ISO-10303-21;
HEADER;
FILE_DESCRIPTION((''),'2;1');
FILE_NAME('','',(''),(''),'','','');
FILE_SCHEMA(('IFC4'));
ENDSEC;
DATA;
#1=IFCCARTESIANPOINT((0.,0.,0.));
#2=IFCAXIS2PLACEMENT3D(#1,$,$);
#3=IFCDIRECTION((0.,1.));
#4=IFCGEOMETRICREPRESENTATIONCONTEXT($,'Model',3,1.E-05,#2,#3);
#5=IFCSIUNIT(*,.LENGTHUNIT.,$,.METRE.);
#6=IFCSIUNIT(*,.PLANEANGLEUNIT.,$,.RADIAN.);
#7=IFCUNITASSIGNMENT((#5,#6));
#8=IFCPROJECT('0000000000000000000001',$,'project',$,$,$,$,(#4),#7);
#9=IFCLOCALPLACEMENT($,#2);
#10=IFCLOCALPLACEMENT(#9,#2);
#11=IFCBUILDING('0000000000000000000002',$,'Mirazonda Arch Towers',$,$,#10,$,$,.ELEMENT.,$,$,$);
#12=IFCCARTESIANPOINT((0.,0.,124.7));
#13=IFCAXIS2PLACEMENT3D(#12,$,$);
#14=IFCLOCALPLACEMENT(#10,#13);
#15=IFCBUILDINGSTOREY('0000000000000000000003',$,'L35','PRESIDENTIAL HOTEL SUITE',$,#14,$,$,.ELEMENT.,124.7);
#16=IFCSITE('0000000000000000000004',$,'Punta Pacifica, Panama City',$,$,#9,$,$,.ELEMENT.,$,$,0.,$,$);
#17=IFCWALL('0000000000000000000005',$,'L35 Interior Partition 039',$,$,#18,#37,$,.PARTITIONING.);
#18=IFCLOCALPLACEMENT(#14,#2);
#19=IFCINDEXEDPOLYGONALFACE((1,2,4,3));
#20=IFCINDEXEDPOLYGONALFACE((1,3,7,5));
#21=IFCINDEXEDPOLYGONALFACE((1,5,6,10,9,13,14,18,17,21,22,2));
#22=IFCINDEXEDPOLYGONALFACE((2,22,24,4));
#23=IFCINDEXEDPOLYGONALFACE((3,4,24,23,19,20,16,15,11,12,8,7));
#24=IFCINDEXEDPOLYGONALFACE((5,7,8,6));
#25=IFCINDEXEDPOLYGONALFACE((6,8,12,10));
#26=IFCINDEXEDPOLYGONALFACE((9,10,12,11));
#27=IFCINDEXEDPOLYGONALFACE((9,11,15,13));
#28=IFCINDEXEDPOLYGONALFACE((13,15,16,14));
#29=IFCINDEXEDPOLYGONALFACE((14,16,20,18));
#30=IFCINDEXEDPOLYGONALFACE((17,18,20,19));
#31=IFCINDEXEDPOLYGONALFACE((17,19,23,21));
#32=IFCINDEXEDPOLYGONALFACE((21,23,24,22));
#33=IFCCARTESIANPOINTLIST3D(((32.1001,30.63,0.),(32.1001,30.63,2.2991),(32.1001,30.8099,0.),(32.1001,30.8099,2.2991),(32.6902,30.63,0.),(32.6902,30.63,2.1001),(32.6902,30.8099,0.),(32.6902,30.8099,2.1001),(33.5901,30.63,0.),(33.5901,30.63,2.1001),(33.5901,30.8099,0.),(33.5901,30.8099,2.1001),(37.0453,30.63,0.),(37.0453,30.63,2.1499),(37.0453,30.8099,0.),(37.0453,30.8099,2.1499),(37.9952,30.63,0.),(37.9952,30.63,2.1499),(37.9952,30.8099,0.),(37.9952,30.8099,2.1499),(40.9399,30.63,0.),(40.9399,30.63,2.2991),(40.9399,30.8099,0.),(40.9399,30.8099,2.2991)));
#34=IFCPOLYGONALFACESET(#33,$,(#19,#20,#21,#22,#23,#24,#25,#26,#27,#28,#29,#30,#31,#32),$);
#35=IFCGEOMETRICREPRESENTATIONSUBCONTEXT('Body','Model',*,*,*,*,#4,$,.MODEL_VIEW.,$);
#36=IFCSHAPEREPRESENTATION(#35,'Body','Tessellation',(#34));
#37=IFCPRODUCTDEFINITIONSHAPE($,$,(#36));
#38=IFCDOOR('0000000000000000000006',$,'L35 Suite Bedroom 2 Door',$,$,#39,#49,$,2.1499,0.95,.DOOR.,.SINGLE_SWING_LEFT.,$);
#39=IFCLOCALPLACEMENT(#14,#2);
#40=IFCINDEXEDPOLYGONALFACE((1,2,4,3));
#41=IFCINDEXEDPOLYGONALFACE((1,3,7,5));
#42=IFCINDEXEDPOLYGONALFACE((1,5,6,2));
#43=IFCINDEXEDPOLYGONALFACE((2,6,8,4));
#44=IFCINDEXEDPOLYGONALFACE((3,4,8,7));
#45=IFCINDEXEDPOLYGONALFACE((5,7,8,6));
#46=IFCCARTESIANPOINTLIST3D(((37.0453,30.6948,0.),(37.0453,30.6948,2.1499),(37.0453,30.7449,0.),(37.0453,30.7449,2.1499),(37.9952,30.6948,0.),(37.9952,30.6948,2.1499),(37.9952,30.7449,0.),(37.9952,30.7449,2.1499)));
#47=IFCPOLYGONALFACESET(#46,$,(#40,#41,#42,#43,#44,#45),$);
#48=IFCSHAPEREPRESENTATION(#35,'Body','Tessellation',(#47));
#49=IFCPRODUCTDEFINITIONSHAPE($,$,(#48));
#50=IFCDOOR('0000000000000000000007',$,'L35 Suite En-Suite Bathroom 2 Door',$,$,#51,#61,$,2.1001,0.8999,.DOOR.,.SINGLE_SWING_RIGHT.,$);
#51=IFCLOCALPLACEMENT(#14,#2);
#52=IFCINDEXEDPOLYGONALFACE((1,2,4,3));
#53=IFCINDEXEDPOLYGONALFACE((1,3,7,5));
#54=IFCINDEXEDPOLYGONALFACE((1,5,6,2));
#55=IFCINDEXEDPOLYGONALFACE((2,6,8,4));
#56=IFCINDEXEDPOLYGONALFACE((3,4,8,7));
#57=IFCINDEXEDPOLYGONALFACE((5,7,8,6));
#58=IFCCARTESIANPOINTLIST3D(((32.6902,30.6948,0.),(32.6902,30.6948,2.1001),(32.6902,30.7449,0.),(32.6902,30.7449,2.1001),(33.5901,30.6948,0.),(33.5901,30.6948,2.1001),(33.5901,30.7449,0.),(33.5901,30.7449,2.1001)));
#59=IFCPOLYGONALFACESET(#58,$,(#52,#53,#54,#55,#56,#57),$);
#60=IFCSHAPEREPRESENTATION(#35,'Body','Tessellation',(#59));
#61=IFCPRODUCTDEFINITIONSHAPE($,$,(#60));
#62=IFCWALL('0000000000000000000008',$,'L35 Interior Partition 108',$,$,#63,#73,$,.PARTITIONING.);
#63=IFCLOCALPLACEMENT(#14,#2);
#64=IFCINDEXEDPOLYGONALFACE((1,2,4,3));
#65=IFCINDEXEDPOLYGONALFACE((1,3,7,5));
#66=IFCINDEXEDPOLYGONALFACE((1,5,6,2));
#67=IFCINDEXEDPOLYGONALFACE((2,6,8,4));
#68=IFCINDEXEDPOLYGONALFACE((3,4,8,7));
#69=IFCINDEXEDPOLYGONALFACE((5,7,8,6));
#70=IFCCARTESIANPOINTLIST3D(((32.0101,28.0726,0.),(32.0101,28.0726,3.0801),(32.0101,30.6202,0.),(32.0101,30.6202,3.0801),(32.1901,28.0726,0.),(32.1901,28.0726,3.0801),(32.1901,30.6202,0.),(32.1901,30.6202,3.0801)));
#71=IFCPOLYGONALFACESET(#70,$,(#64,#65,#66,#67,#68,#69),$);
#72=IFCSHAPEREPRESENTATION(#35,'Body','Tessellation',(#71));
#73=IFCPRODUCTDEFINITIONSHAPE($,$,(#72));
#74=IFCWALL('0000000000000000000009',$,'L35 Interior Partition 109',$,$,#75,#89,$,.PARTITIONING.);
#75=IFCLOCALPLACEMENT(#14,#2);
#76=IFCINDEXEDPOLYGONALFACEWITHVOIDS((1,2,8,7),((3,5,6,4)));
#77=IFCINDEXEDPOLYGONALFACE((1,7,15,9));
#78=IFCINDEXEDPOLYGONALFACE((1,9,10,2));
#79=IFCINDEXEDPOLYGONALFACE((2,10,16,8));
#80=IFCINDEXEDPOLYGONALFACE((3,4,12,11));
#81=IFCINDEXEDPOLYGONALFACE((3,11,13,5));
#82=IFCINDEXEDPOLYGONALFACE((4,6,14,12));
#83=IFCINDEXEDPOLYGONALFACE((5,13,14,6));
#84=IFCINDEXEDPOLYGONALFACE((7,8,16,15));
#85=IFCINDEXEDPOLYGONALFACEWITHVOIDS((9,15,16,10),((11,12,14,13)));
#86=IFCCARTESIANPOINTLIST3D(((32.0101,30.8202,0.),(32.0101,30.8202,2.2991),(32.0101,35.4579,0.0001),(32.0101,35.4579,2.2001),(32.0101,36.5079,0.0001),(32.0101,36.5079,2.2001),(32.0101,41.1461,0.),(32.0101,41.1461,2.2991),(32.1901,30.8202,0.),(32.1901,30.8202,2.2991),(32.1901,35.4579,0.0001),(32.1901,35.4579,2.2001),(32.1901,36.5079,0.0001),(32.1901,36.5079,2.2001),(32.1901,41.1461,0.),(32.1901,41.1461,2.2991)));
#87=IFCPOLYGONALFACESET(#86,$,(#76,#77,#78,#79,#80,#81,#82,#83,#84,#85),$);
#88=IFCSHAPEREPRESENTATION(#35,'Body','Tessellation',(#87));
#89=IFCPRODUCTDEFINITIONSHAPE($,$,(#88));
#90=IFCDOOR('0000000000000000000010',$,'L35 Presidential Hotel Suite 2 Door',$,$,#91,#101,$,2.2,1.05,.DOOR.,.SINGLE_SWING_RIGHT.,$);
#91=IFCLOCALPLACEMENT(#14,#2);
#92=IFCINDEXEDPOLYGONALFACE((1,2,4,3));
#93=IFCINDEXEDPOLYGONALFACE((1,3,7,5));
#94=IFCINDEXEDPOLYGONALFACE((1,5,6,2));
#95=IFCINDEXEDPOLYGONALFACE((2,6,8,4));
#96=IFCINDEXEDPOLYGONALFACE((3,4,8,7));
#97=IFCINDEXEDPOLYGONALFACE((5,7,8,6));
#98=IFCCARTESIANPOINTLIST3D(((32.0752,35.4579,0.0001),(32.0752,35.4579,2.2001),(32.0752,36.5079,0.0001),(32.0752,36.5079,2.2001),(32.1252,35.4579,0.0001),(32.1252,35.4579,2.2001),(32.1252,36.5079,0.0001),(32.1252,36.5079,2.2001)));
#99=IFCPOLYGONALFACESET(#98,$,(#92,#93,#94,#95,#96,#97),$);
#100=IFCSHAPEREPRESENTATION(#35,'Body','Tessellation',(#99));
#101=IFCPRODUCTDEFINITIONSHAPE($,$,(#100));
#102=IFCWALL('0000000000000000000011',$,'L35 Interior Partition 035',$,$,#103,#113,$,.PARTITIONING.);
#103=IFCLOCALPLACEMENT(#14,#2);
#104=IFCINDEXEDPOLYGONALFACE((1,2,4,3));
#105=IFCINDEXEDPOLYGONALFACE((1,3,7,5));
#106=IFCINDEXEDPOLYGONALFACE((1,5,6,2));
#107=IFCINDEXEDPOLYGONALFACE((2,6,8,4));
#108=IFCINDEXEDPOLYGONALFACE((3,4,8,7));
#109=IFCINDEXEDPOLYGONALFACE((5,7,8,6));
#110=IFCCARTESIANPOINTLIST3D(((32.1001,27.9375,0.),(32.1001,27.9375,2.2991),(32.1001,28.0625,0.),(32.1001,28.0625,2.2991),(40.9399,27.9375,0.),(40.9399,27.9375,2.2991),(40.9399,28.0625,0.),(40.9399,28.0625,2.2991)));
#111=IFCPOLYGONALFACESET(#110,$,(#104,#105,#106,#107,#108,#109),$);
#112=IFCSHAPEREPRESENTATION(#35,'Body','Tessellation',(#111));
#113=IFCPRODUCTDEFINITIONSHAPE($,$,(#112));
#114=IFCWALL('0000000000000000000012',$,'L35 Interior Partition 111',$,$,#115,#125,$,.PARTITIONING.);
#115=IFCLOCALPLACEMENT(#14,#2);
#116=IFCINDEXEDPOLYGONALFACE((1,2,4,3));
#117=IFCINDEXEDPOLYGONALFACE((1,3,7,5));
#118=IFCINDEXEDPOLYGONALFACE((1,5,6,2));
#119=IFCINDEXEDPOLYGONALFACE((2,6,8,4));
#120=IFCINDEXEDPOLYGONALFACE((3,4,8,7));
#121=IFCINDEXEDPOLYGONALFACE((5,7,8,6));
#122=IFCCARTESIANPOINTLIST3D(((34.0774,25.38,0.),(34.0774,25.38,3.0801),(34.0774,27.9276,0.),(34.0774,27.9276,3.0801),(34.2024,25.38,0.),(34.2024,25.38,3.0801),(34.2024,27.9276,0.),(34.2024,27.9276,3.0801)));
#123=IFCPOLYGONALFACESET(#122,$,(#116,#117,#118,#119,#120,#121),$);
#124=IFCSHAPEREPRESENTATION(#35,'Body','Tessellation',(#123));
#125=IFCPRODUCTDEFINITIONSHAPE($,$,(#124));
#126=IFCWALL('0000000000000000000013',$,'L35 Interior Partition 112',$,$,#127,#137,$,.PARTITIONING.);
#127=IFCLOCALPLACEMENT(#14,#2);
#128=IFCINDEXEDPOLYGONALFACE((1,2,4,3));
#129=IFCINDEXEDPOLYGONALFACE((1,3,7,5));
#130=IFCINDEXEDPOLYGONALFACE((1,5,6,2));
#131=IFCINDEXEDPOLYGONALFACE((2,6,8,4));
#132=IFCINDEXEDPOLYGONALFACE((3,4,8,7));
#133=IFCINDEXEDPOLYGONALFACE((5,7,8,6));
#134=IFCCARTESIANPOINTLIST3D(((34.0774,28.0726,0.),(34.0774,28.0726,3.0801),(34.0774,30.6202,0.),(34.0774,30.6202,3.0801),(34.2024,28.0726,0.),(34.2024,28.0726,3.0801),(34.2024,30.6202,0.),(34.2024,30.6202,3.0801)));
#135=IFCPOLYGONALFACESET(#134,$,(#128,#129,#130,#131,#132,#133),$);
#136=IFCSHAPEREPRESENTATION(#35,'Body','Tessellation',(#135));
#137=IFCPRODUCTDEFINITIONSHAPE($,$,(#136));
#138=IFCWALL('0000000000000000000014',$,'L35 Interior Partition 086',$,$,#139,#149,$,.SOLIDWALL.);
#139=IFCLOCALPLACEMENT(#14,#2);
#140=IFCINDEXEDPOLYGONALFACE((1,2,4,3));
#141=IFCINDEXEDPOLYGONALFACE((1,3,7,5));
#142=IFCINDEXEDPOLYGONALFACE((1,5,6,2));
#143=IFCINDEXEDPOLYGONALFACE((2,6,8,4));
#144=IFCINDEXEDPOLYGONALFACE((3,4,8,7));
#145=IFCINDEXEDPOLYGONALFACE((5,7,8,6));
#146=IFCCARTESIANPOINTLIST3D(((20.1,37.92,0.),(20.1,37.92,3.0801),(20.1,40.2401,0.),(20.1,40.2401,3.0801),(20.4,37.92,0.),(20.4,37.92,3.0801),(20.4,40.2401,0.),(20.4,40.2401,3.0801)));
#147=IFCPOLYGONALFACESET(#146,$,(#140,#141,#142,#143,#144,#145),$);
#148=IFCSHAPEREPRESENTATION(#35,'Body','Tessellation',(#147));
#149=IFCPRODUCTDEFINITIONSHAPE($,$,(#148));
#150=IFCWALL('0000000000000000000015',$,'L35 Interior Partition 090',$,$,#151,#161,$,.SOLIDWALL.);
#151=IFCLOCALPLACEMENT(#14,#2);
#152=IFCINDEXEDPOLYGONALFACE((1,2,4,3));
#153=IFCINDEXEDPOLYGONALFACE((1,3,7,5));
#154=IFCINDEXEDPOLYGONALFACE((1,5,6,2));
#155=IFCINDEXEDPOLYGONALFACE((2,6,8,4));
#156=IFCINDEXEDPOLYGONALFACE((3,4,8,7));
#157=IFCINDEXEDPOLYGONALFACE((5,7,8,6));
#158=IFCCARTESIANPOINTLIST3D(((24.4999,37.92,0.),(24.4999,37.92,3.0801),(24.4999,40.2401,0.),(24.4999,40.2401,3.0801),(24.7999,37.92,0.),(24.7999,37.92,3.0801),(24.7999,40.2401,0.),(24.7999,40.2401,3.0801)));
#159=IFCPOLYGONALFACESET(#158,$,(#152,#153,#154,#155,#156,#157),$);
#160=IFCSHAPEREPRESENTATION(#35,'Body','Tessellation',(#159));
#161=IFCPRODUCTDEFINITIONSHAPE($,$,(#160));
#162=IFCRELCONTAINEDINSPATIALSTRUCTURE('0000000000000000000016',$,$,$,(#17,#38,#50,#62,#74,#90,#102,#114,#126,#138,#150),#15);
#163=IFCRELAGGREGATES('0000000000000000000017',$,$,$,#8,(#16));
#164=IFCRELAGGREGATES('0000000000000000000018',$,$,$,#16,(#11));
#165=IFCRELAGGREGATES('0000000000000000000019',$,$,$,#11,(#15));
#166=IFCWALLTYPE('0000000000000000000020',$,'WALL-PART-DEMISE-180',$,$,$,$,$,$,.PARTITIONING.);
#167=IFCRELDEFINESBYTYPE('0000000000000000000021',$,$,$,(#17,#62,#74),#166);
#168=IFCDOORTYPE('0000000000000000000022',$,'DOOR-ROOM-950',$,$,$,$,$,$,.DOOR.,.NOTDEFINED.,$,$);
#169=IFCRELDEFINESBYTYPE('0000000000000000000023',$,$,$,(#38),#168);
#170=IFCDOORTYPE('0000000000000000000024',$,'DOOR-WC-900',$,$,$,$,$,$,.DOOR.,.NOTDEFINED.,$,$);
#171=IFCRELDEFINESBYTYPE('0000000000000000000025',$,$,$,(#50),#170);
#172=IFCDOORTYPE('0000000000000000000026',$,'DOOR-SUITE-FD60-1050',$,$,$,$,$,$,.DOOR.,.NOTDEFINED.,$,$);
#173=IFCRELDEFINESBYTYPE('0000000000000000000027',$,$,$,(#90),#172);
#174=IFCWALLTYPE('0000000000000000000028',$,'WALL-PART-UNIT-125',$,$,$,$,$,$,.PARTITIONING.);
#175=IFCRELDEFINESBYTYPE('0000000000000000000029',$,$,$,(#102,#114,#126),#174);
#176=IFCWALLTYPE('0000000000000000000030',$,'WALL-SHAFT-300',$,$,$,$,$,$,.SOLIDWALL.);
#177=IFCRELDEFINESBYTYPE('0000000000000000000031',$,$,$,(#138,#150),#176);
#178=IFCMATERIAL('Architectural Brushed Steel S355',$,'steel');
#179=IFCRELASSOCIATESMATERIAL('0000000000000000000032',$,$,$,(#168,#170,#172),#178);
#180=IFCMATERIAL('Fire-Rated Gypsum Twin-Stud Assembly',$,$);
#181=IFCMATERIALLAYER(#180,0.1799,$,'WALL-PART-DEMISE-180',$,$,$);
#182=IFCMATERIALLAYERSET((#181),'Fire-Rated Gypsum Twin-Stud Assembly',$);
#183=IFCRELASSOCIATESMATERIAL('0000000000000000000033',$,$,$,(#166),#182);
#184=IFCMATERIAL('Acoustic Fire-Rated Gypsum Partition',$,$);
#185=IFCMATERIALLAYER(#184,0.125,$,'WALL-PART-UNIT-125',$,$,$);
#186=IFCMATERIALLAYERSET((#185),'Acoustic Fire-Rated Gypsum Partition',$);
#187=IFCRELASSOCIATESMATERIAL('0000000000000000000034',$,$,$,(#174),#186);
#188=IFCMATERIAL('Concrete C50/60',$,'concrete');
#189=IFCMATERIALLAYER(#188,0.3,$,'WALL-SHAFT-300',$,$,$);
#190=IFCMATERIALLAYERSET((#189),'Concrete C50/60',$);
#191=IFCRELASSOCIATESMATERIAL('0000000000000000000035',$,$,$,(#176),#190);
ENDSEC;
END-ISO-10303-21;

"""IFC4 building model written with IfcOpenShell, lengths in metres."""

from ifc_helpers import new_model, si_unit, direction, frame, frame_2d, origin, place, context, subcontext, project, spatial, rectangle, extrude, material, layer, layer_set, type_object, element, fill, save


model = new_model("IFC4")

# Units and contexts
model_context = context("Model", 3, precision=1e-05, world=origin(), true_north=direction((0.0, 1.0)))
body_context = subcontext(model_context, "Body", "Model", "MODEL_VIEW")
ifc_project = project(units=[si_unit("LENGTHUNIT", "METRE"), si_unit("PLANEANGLEUNIT", "RADIAN")], contexts=[model_context])

# Site, building, storey
site_placement = place(None, origin())
site = spatial("IfcSite", under=ifc_project, at=site_placement, Name="Punta Pacifica, Panama City", CompositionType="ELEMENT", RefElevation=0.0)
building_placement = place(site_placement, origin())
building = spatial("IfcBuilding", under=site, at=building_placement, Name="Mirazonda Arch Towers", CompositionType="ELEMENT")
storey_placement = place(building_placement, frame((0.0, 0.0, 124.7)))
storey = spatial("IfcBuildingStorey", under=building, at=storey_placement, Name="L35", Description="PRESIDENTIAL HOTEL SUITE", CompositionType="ELEMENT", Elevation=124.7)

# Shared definitions
ifc_material_1 = material(Name="Concrete C50/60", Category="concrete")

# Shared definitions
ifc_material_2 = material(Name="Architectural Brushed Steel S355", Category="steel")
door_type_1 = type_object("IfcDoorType", Name="DOOR-ROOM-950", OperationType="NOTDEFINED", PredefinedType="DOOR", material=ifc_material_2)

# Wall, openings, doors
ifc_material_3 = material(Name="Fire-Rated Gypsum Twin-Stud Assembly")
ifc_layer_1 = layer(ifc_material_3, 0.1799, Name="WALL-PART-DEMISE-180")
ifc_layer_set_1 = layer_set([ifc_layer_1], Name="Fire-Rated Gypsum Twin-Stud Assembly")
wall_type_1 = type_object("IfcWallType", Name="WALL-PART-DEMISE-180", PredefinedType="PARTITIONING", material=ifc_layer_set_1)
wall_1_placement = place(storey_placement, frame((32.1001, 30.72, 0.0), z_axis=(0.0, 0.0, 1.0), x_axis=(1.0, 0.0, 0.0)))
wall_1 = element("IfcWall", 1, at=wall_1_placement, inside=storey, type_object=wall_type_1, Name="L35 Interior Partition 039", PredefinedType="PARTITIONING", context=body_context, shape_type="SweptSolid", body=[
    extrude(rectangle(XDim=8.8398, YDim=0.1799, at=frame_2d((4.4199, 0.0))), origin(), (0.0, 0.0, 1.0), 2.2991),
])
opening_1_placement = place(wall_1_placement, frame((4.9451, 0.0, 0.0)))
opening_1 = element("IfcOpeningElement", 2, at=opening_1_placement, cuts=wall_1, PredefinedType="OPENING", context=body_context, shape_type="SweptSolid", body=[
    extrude(rectangle(XDim=0.95, YDim=2.1499, at=frame_2d((0.4751, 1.075))), frame((0.0, 0.0999, 0.0), z_axis=(0.0, -1.0, 0.0), x_axis=(1.0, 0.0, 0.0)), (0.0, 0.0, 1.0), 0.2),
])
opening_2_placement = place(wall_1_placement, frame((0.5901, 0.0, 0.0)))
opening_2 = element("IfcOpeningElement", 3, at=opening_2_placement, cuts=wall_1, PredefinedType="OPENING", context=body_context, shape_type="SweptSolid", body=[
    extrude(rectangle(XDim=0.8999, YDim=2.1001, at=frame_2d((0.45, 1.05))), frame((0.0, 0.0999, 0.0), z_axis=(0.0, -1.0, 0.0), x_axis=(1.0, 0.0, 0.0)), (0.0, 0.0, 1.0), 0.2),
])
door_1_placement = place(opening_1_placement, origin())
door_1 = element("IfcDoor", 4, at=door_1_placement, inside=storey, type_object=door_type_1, Name="L35 Suite Bedroom 2 Door", OperationType="SINGLE_SWING_LEFT", OverallHeight=2.1499, OverallWidth=0.95, PredefinedType="DOOR", context=body_context, shape_type="SweptSolid", body=[
    extrude(rectangle(XDim=0.95, YDim=2.1499, at=frame_2d((0.4751, 1.075))), frame((0.0, 0.0249, 0.0), z_axis=(0.0, -1.0, 0.0), x_axis=(1.0, 0.0, 0.0)), (0.0, 0.0, 1.0), 0.05),
])
fill(opening_1, door_1)
door_type_2 = type_object("IfcDoorType", Name="DOOR-WC-900", OperationType="NOTDEFINED", PredefinedType="DOOR", material=ifc_material_2)
door_2_placement = place(opening_2_placement, origin())
door_2 = element("IfcDoor", 5, at=door_2_placement, inside=storey, type_object=door_type_2, Name="L35 Suite En-Suite Bathroom 2 Door", OperationType="SINGLE_SWING_RIGHT", OverallHeight=2.1001, OverallWidth=0.8999, PredefinedType="DOOR", context=body_context, shape_type="SweptSolid", body=[
    extrude(rectangle(XDim=0.8999, YDim=2.1001, at=frame_2d((0.45, 1.05))), frame((0.0, 0.0249, 0.0), z_axis=(0.0, -1.0, 0.0), x_axis=(1.0, 0.0, 0.0)), (0.0, 0.0, 1.0), 0.05),
])
fill(opening_2, door_2)

# Wall
wall_2_placement = place(storey_placement, frame((32.1001, 28.0725, 0.0), z_axis=(0.0, 0.0, 1.0), x_axis=(0.0, 1.0, 0.0)))
element("IfcWall", 6, at=wall_2_placement, inside=storey, type_object=wall_type_1, Name="L35 Interior Partition 108", PredefinedType="PARTITIONING", context=body_context, shape_type="SweptSolid", body=[
    extrude(rectangle(XDim=2.5476, YDim=0.1799, at=frame_2d((1.2739, 0.0))), origin(), (0.0, 0.0, 1.0), 3.0801),
])

# Wall, opening, door
wall_3_placement = place(storey_placement, frame((32.1001, 30.8201, 0.0), z_axis=(0.0, 0.0, 1.0), x_axis=(0.0, 1.0, 0.0)))
wall_3 = element("IfcWall", 7, at=wall_3_placement, inside=storey, type_object=wall_type_1, Name="L35 Interior Partition 109", PredefinedType="PARTITIONING", context=body_context, shape_type="SweptSolid", body=[
    extrude(rectangle(XDim=10.3259, YDim=0.1799, at=frame_2d((5.1631, 0.0))), origin(), (0.0, 0.0, 1.0), 2.2991),
])
opening_3_placement = place(wall_3_placement, frame((4.6379, 0.0, 0.0)))
opening_3 = element("IfcOpeningElement", 8, at=opening_3_placement, cuts=wall_3, PredefinedType="OPENING", context=body_context, shape_type="SweptSolid", body=[
    extrude(rectangle(XDim=1.05, YDim=2.2, at=frame_2d((0.5249, 1.1001))), frame((0.0, 0.0999, 0.0), z_axis=(0.0, -1.0, 0.0), x_axis=(1.0, 0.0, 0.0)), (0.0, 0.0, 1.0), 0.2),
])
door_type_3 = type_object("IfcDoorType", Name="DOOR-SUITE-FD60-1050", OperationType="NOTDEFINED", PredefinedType="DOOR", material=ifc_material_2)
door_3_placement = place(opening_3_placement, origin())
door_3 = element("IfcDoor", 9, at=door_3_placement, inside=storey, type_object=door_type_3, Name="L35 Presidential Hotel Suite 2 Door", OperationType="SINGLE_SWING_RIGHT", OverallHeight=2.2, OverallWidth=1.05, PredefinedType="DOOR", context=body_context, shape_type="SweptSolid", body=[
    extrude(rectangle(XDim=1.05, YDim=2.2, at=frame_2d((0.5249, 1.1001))), frame((0.0, 0.0249, 0.0), z_axis=(0.0, -1.0, 0.0), x_axis=(1.0, 0.0, 0.0)), (0.0, 0.0, 1.0), 0.05),
])
fill(opening_3, door_3)

# Walls
ifc_material_4 = material(Name="Acoustic Fire-Rated Gypsum Partition")
ifc_layer_2 = layer(ifc_material_4, 0.125, Name="WALL-PART-UNIT-125")
ifc_layer_set_2 = layer_set([ifc_layer_2], Name="Acoustic Fire-Rated Gypsum Partition")
wall_type_2 = type_object("IfcWallType", Name="WALL-PART-UNIT-125", PredefinedType="PARTITIONING", material=ifc_layer_set_2)
wall_4_placement = place(storey_placement, frame((32.1001, 28.0, 0.0), z_axis=(0.0, 0.0, 1.0), x_axis=(1.0, 0.0, 0.0)))
element("IfcWall", 10, at=wall_4_placement, inside=storey, type_object=wall_type_2, Name="L35 Interior Partition 035", PredefinedType="PARTITIONING", context=body_context, shape_type="SweptSolid", body=[
    extrude(rectangle(XDim=8.8398, YDim=0.125, at=frame_2d((4.4199, 0.0))), origin(), (0.0, 0.0, 1.0), 2.2991),
])
for number, where, z_axis, x_axis, name in (
    (11, (34.1399, 25.3799, 0.0), (0.0, 0.0, 1.0), (0.0, 1.0, 0.0), "L35 Interior Partition 111"),
    (12, (34.1399, 28.0725, 0.0), (0.0, 0.0, 1.0), (0.0, 1.0, 0.0), "L35 Interior Partition 112"),
):
    element("IfcWall", number, at=place(storey_placement, frame(where, z_axis=z_axis, x_axis=x_axis)), inside=storey, type_object=wall_type_2, Name=name, PredefinedType="PARTITIONING", context=body_context, shape_type="SweptSolid", body=[
        extrude(rectangle(XDim=2.5476, YDim=0.125, at=frame_2d((1.2739, 0.0))), origin(), (0.0, 0.0, 1.0), 3.0801),
    ])
ifc_layer_3 = layer(ifc_material_1, 0.3, Name="WALL-SHAFT-300")
ifc_layer_set_3 = layer_set([ifc_layer_3], Name="Concrete C50/60")
wall_type_3 = type_object("IfcWallType", Name="WALL-SHAFT-300", PredefinedType="SOLIDWALL", material=ifc_layer_set_3)
for number, where, z_axis, x_axis, name in (
    (13, (20.25, 37.9199, 0.0), (0.0, 0.0, 1.0), (0.0, 1.0, 0.0), "L35 Interior Partition 086"),
    (14, (24.6499, 37.9199, 0.0), (0.0, 0.0, 1.0), (0.0, 1.0, 0.0), "L35 Interior Partition 090"),
):
    element("IfcWall", number, at=place(storey_placement, frame(where, z_axis=z_axis, x_axis=x_axis)), inside=storey, type_object=wall_type_3, Name=name, PredefinedType="SOLIDWALL", context=body_context, shape_type="SweptSolid", body=[
        extrude(rectangle(XDim=2.3201, YDim=0.3, at=frame_2d((1.1602, 0.0))), origin(), (0.0, 0.0, 1.0), 3.0801),
    ])

save(model, "model.ifc")
